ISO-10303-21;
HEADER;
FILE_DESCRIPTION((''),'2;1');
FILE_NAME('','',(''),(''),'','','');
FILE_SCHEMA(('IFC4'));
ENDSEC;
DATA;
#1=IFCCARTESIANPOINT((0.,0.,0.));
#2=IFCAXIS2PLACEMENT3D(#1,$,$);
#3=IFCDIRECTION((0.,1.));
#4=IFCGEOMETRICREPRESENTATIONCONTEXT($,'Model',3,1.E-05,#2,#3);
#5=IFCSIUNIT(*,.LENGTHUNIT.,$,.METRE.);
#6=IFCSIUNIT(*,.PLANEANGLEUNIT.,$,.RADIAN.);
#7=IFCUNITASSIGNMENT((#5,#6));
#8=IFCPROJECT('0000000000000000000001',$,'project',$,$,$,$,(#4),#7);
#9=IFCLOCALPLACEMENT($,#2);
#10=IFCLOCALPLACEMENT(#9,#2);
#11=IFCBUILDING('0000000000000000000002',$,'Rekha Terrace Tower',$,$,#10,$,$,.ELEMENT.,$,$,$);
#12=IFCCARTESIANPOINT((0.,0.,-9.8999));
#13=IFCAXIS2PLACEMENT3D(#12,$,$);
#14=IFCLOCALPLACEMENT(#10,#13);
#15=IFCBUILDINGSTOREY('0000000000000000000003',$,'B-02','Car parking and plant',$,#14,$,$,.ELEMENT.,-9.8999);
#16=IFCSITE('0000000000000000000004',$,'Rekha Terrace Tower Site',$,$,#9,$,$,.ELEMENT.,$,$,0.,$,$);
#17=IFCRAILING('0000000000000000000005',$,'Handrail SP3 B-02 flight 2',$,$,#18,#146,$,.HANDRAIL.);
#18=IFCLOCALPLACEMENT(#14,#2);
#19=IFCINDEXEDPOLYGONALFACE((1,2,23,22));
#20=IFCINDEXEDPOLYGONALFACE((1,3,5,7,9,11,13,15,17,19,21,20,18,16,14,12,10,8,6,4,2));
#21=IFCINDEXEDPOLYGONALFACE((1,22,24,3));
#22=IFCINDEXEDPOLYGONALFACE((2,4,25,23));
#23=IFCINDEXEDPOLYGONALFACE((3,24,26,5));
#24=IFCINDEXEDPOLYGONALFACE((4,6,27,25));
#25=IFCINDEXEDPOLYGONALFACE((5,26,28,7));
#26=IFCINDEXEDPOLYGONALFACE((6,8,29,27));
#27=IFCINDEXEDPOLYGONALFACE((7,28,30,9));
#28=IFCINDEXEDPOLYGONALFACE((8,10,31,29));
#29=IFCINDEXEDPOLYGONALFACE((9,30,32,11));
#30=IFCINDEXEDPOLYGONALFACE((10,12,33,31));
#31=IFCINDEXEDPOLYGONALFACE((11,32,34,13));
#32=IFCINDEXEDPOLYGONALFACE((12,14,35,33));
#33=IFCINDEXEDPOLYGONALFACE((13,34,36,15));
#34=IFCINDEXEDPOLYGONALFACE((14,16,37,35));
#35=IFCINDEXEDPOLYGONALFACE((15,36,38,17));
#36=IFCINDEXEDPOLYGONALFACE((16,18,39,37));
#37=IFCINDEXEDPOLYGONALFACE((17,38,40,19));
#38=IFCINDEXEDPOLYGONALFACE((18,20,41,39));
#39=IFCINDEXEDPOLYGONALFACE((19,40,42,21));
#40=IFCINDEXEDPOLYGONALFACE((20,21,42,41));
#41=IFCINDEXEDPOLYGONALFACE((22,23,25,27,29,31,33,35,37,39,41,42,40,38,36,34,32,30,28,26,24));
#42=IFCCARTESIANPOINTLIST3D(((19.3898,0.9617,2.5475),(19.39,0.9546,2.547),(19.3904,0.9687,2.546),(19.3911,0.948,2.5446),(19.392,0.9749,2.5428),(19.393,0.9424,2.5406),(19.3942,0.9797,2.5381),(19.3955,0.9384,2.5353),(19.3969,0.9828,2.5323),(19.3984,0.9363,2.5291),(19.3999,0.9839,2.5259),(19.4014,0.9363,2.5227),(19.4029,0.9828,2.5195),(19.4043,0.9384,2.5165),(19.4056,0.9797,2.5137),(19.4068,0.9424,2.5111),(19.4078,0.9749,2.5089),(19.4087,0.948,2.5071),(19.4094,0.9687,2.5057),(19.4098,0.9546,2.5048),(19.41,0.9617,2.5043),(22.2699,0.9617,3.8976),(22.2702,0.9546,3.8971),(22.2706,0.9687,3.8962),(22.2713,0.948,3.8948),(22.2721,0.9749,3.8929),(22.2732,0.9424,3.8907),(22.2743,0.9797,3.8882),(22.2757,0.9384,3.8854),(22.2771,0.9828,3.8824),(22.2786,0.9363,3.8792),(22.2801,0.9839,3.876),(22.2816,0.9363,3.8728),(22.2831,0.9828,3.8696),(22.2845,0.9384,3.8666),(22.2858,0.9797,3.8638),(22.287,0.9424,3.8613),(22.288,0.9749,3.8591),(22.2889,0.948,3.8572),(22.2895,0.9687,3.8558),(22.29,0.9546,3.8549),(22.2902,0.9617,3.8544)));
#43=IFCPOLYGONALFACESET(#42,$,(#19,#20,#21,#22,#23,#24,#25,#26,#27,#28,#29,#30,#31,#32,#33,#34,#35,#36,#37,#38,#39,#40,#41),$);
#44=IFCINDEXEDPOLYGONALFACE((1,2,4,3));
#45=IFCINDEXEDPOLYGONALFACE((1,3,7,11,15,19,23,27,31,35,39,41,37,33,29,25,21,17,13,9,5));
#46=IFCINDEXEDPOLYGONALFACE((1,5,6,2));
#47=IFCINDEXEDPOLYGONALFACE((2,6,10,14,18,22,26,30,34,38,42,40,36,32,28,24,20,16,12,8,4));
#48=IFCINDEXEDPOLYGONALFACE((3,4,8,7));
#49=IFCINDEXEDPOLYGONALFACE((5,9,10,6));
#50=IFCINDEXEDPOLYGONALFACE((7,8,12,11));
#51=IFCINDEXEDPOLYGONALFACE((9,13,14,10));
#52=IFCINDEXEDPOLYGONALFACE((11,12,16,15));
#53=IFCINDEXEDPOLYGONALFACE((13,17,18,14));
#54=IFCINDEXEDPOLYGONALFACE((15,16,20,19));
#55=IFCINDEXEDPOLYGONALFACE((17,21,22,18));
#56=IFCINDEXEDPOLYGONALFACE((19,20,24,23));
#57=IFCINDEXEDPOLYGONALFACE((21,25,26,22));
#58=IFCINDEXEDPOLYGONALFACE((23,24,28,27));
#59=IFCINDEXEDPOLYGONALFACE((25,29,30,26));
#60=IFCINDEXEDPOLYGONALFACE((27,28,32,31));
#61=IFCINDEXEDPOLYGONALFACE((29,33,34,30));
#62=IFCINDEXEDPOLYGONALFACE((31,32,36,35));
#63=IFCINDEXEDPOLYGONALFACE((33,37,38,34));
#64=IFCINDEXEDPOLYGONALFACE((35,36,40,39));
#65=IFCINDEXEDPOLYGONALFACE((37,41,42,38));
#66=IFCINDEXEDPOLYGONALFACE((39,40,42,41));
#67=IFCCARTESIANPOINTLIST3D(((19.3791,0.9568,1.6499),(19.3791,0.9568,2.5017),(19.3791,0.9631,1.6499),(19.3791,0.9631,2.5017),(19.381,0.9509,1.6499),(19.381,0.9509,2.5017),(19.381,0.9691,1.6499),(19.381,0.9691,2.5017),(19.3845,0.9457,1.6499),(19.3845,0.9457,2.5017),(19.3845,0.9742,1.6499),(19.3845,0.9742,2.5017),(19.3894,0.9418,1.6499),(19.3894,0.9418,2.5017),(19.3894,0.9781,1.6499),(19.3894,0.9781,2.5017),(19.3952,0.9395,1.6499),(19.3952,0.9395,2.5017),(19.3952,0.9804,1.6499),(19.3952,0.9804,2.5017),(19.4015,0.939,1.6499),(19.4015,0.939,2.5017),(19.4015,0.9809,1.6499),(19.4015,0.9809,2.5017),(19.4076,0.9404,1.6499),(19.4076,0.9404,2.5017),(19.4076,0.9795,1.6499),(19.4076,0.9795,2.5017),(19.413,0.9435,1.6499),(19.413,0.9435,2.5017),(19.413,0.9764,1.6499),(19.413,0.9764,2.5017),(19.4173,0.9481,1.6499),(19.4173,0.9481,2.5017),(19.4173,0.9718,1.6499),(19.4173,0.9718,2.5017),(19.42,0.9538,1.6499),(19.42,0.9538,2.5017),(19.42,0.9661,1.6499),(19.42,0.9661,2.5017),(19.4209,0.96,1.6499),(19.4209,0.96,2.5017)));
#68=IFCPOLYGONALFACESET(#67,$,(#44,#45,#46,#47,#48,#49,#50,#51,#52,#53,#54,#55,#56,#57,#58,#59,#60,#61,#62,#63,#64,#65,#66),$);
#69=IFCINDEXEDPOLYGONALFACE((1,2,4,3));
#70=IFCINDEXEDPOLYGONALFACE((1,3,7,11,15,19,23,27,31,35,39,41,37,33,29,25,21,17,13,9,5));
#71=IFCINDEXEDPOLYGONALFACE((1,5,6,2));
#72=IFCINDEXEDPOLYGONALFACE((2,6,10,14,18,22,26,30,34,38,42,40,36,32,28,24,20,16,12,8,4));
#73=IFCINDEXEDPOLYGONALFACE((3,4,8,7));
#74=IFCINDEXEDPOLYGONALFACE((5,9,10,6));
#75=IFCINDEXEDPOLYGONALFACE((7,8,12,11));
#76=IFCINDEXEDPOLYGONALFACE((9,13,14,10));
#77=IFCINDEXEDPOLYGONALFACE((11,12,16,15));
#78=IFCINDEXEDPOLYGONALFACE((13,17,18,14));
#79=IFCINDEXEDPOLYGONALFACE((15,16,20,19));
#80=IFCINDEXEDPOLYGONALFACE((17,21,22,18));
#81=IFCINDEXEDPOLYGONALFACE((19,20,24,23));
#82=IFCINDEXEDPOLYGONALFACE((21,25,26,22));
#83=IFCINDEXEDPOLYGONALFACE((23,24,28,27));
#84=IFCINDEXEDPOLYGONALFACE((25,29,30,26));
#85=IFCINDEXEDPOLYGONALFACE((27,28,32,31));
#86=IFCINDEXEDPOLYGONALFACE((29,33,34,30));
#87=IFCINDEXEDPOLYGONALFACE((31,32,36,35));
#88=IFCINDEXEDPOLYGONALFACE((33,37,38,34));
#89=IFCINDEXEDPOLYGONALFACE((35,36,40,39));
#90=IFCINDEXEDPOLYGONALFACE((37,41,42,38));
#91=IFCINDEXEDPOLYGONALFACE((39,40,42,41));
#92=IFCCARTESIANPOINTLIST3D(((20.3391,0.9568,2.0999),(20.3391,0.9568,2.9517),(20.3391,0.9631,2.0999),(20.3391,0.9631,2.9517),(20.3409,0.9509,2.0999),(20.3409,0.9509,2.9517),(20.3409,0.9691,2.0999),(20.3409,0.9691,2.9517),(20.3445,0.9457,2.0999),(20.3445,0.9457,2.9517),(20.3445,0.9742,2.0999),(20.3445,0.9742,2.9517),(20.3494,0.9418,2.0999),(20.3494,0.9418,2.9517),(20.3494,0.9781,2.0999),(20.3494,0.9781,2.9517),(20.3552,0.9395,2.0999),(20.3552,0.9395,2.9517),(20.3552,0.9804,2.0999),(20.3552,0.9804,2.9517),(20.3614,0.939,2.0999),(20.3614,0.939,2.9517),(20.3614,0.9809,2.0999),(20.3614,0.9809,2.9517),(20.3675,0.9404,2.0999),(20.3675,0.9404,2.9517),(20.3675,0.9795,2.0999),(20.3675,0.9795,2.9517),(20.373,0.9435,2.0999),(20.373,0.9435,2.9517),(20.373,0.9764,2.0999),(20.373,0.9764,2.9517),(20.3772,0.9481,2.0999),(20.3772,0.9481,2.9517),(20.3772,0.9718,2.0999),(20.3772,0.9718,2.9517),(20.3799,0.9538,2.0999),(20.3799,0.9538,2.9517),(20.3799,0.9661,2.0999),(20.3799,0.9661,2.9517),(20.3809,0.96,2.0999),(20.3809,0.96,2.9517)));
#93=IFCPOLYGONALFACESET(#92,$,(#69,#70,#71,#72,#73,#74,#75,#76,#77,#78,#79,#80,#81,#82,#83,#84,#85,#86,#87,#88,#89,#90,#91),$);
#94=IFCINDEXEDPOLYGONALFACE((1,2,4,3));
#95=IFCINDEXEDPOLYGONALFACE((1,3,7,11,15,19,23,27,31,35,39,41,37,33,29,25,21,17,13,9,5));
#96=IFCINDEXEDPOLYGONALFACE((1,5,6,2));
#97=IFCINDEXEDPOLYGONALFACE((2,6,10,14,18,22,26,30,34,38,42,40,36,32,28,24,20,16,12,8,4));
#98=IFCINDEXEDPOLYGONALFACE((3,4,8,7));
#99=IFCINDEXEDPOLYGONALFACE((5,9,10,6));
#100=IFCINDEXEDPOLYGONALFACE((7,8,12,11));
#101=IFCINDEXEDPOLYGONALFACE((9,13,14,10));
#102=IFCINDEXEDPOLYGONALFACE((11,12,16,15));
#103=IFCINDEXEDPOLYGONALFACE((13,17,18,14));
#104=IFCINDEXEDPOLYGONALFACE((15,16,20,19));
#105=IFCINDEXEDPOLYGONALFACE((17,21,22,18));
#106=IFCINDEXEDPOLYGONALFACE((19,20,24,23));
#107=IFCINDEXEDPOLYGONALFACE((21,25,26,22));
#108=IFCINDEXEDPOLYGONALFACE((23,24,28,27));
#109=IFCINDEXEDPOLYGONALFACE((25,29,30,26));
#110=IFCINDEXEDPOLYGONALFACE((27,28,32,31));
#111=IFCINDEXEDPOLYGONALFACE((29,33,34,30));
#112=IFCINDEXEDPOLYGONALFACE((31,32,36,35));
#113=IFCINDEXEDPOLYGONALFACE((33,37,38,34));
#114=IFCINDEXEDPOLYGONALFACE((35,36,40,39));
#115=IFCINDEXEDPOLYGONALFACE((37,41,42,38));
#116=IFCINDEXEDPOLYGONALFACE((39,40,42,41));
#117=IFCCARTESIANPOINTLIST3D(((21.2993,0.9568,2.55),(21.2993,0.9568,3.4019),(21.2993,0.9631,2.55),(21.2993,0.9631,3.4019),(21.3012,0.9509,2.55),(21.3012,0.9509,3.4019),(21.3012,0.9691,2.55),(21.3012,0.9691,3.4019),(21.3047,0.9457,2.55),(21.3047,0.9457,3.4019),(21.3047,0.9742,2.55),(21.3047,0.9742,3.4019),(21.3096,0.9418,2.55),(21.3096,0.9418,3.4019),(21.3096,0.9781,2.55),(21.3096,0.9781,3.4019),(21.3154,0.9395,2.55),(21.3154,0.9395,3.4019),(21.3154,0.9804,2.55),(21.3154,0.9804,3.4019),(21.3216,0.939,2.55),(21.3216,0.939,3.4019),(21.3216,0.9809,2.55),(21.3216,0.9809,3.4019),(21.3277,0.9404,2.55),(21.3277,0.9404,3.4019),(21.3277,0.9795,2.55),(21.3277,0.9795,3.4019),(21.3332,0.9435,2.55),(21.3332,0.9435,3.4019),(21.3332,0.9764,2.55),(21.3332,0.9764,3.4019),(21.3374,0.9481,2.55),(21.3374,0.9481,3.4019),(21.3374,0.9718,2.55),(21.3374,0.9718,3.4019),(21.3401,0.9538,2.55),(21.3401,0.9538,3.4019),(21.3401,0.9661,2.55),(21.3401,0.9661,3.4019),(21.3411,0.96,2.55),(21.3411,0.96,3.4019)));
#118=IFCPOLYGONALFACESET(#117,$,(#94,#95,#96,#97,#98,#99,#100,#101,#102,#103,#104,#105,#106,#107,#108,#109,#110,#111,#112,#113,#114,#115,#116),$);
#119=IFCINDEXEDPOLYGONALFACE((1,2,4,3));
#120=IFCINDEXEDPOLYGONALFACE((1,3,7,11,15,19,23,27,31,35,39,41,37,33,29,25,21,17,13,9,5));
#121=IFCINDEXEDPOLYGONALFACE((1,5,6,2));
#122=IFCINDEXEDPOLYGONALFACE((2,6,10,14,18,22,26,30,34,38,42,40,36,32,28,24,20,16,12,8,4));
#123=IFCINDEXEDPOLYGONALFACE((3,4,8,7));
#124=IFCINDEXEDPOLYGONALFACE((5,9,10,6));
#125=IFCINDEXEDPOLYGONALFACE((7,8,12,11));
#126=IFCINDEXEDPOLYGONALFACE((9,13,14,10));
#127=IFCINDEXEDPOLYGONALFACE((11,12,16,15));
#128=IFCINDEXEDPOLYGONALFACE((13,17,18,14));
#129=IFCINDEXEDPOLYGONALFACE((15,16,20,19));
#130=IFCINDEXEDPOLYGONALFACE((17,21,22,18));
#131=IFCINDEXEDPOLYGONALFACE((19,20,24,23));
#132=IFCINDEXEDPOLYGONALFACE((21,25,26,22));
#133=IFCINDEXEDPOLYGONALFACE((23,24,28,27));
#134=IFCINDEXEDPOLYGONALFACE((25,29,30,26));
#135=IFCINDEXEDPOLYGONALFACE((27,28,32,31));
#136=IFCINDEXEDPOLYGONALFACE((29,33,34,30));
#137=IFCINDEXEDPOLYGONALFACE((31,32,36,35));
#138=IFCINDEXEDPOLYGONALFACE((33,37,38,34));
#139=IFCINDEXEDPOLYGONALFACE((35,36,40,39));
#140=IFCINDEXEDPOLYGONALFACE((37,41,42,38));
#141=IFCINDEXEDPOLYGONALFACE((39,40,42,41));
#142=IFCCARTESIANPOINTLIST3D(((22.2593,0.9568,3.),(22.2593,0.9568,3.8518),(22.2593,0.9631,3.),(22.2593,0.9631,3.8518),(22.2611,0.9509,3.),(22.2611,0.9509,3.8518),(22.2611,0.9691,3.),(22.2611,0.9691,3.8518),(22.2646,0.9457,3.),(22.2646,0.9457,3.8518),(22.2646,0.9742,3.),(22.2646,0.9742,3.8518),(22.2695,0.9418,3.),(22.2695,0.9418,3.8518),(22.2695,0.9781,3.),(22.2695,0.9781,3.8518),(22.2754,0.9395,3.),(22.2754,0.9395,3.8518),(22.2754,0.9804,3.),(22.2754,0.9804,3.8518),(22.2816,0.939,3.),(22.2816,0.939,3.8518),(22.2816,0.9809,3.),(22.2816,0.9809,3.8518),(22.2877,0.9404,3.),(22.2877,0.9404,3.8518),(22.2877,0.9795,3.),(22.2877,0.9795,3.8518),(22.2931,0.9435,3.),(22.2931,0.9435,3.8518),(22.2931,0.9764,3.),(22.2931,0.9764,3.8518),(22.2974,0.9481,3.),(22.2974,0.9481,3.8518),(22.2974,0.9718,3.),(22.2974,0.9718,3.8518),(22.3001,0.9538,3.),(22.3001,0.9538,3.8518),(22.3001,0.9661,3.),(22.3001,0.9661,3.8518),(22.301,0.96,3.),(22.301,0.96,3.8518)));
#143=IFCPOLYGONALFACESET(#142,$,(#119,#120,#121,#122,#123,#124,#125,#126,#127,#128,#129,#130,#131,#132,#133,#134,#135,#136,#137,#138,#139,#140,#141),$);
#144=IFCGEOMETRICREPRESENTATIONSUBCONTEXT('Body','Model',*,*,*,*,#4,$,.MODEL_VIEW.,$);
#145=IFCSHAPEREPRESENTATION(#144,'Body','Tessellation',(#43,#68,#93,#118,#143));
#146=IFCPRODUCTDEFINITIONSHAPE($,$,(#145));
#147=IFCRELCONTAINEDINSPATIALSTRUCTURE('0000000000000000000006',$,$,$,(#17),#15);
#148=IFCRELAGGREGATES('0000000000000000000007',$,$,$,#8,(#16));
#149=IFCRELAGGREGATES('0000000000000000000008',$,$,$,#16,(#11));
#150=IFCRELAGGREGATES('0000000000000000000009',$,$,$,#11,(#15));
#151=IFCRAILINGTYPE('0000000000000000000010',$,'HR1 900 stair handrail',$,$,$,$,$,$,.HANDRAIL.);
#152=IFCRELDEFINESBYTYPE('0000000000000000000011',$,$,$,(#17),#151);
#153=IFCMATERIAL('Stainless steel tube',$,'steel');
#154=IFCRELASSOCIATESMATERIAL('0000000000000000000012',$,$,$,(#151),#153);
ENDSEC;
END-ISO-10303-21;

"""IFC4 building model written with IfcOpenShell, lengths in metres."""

from ifc_helpers import new_model, si_unit, direction, frame, origin, origin_2d, place, context, subcontext, project, spatial, circle, extrude, material, type_object, element, save


model = new_model("IFC4")

# Units and contexts
model_context = context("Model", 3, precision=1e-05, world=origin(), true_north=direction((0.0, 1.0)))
body_context = subcontext(model_context, "Body", "Model", "MODEL_VIEW")
ifc_project = project(units=[si_unit("LENGTHUNIT", "METRE"), si_unit("PLANEANGLEUNIT", "RADIAN")], contexts=[model_context])

# Site, building, storey
site_placement = place(None, origin())
site = spatial("IfcSite", under=ifc_project, at=site_placement, Name="Rekha Terrace Tower Site", CompositionType="ELEMENT", RefElevation=0.0)
building_placement = place(site_placement, origin())
building = spatial("IfcBuilding", under=site, at=building_placement, Name="Rekha Terrace Tower", CompositionType="ELEMENT")
storey_placement = place(building_placement, frame((0.0, 0.0, -9.8999)))
storey = spatial("IfcBuildingStorey", under=building, at=storey_placement, Name="B-02", Description="Car parking and plant", CompositionType="ELEMENT", Elevation=-9.8999)

# Railing
ifc_material_1 = material(Name="Stainless steel tube", Category="steel")
railing_type_1 = type_object("IfcRailingType", Name="HR1 900 stair handrail", PredefinedType="HANDRAIL", material=ifc_material_1)
railing_1_placement = place(storey_placement, frame((19.3999, 0.96, 1.6499)))
element("IfcRailing", 1, at=railing_1_placement, inside=storey, type_object=railing_type_1, Name="Handrail SP3 B-02 flight 2", PredefinedType="HANDRAIL", context=body_context, shape_type="SweptSolid", body=[
    extrude(circle(Radius=0.0239, at=origin_2d()), frame((0.0, 0.0, 0.876), z_axis=(0.905454, 0.0, 0.424444), x_axis=(0.0, 1.0, 0.0)), (0.0, 0.0, 1.0), 3.1809),
    extrude(circle(Radius=0.021, at=origin_2d()), origin(), (0.0, 0.0, 1.0), 0.8518),
    extrude(circle(Radius=0.021, at=origin_2d()), frame((0.96, 0.0, 0.45)), (0.0, 0.0, 1.0), 0.8518),
    extrude(circle(Radius=0.021, at=origin_2d()), frame((1.9202, 0.0, 0.9001)), (0.0, 0.0, 1.0), 0.8518),
    extrude(circle(Radius=0.021, at=origin_2d()), frame((2.8801, 0.0, 1.3501)), (0.0, 0.0, 1.0), 0.8518),
])

save(model, "model.ifc")
